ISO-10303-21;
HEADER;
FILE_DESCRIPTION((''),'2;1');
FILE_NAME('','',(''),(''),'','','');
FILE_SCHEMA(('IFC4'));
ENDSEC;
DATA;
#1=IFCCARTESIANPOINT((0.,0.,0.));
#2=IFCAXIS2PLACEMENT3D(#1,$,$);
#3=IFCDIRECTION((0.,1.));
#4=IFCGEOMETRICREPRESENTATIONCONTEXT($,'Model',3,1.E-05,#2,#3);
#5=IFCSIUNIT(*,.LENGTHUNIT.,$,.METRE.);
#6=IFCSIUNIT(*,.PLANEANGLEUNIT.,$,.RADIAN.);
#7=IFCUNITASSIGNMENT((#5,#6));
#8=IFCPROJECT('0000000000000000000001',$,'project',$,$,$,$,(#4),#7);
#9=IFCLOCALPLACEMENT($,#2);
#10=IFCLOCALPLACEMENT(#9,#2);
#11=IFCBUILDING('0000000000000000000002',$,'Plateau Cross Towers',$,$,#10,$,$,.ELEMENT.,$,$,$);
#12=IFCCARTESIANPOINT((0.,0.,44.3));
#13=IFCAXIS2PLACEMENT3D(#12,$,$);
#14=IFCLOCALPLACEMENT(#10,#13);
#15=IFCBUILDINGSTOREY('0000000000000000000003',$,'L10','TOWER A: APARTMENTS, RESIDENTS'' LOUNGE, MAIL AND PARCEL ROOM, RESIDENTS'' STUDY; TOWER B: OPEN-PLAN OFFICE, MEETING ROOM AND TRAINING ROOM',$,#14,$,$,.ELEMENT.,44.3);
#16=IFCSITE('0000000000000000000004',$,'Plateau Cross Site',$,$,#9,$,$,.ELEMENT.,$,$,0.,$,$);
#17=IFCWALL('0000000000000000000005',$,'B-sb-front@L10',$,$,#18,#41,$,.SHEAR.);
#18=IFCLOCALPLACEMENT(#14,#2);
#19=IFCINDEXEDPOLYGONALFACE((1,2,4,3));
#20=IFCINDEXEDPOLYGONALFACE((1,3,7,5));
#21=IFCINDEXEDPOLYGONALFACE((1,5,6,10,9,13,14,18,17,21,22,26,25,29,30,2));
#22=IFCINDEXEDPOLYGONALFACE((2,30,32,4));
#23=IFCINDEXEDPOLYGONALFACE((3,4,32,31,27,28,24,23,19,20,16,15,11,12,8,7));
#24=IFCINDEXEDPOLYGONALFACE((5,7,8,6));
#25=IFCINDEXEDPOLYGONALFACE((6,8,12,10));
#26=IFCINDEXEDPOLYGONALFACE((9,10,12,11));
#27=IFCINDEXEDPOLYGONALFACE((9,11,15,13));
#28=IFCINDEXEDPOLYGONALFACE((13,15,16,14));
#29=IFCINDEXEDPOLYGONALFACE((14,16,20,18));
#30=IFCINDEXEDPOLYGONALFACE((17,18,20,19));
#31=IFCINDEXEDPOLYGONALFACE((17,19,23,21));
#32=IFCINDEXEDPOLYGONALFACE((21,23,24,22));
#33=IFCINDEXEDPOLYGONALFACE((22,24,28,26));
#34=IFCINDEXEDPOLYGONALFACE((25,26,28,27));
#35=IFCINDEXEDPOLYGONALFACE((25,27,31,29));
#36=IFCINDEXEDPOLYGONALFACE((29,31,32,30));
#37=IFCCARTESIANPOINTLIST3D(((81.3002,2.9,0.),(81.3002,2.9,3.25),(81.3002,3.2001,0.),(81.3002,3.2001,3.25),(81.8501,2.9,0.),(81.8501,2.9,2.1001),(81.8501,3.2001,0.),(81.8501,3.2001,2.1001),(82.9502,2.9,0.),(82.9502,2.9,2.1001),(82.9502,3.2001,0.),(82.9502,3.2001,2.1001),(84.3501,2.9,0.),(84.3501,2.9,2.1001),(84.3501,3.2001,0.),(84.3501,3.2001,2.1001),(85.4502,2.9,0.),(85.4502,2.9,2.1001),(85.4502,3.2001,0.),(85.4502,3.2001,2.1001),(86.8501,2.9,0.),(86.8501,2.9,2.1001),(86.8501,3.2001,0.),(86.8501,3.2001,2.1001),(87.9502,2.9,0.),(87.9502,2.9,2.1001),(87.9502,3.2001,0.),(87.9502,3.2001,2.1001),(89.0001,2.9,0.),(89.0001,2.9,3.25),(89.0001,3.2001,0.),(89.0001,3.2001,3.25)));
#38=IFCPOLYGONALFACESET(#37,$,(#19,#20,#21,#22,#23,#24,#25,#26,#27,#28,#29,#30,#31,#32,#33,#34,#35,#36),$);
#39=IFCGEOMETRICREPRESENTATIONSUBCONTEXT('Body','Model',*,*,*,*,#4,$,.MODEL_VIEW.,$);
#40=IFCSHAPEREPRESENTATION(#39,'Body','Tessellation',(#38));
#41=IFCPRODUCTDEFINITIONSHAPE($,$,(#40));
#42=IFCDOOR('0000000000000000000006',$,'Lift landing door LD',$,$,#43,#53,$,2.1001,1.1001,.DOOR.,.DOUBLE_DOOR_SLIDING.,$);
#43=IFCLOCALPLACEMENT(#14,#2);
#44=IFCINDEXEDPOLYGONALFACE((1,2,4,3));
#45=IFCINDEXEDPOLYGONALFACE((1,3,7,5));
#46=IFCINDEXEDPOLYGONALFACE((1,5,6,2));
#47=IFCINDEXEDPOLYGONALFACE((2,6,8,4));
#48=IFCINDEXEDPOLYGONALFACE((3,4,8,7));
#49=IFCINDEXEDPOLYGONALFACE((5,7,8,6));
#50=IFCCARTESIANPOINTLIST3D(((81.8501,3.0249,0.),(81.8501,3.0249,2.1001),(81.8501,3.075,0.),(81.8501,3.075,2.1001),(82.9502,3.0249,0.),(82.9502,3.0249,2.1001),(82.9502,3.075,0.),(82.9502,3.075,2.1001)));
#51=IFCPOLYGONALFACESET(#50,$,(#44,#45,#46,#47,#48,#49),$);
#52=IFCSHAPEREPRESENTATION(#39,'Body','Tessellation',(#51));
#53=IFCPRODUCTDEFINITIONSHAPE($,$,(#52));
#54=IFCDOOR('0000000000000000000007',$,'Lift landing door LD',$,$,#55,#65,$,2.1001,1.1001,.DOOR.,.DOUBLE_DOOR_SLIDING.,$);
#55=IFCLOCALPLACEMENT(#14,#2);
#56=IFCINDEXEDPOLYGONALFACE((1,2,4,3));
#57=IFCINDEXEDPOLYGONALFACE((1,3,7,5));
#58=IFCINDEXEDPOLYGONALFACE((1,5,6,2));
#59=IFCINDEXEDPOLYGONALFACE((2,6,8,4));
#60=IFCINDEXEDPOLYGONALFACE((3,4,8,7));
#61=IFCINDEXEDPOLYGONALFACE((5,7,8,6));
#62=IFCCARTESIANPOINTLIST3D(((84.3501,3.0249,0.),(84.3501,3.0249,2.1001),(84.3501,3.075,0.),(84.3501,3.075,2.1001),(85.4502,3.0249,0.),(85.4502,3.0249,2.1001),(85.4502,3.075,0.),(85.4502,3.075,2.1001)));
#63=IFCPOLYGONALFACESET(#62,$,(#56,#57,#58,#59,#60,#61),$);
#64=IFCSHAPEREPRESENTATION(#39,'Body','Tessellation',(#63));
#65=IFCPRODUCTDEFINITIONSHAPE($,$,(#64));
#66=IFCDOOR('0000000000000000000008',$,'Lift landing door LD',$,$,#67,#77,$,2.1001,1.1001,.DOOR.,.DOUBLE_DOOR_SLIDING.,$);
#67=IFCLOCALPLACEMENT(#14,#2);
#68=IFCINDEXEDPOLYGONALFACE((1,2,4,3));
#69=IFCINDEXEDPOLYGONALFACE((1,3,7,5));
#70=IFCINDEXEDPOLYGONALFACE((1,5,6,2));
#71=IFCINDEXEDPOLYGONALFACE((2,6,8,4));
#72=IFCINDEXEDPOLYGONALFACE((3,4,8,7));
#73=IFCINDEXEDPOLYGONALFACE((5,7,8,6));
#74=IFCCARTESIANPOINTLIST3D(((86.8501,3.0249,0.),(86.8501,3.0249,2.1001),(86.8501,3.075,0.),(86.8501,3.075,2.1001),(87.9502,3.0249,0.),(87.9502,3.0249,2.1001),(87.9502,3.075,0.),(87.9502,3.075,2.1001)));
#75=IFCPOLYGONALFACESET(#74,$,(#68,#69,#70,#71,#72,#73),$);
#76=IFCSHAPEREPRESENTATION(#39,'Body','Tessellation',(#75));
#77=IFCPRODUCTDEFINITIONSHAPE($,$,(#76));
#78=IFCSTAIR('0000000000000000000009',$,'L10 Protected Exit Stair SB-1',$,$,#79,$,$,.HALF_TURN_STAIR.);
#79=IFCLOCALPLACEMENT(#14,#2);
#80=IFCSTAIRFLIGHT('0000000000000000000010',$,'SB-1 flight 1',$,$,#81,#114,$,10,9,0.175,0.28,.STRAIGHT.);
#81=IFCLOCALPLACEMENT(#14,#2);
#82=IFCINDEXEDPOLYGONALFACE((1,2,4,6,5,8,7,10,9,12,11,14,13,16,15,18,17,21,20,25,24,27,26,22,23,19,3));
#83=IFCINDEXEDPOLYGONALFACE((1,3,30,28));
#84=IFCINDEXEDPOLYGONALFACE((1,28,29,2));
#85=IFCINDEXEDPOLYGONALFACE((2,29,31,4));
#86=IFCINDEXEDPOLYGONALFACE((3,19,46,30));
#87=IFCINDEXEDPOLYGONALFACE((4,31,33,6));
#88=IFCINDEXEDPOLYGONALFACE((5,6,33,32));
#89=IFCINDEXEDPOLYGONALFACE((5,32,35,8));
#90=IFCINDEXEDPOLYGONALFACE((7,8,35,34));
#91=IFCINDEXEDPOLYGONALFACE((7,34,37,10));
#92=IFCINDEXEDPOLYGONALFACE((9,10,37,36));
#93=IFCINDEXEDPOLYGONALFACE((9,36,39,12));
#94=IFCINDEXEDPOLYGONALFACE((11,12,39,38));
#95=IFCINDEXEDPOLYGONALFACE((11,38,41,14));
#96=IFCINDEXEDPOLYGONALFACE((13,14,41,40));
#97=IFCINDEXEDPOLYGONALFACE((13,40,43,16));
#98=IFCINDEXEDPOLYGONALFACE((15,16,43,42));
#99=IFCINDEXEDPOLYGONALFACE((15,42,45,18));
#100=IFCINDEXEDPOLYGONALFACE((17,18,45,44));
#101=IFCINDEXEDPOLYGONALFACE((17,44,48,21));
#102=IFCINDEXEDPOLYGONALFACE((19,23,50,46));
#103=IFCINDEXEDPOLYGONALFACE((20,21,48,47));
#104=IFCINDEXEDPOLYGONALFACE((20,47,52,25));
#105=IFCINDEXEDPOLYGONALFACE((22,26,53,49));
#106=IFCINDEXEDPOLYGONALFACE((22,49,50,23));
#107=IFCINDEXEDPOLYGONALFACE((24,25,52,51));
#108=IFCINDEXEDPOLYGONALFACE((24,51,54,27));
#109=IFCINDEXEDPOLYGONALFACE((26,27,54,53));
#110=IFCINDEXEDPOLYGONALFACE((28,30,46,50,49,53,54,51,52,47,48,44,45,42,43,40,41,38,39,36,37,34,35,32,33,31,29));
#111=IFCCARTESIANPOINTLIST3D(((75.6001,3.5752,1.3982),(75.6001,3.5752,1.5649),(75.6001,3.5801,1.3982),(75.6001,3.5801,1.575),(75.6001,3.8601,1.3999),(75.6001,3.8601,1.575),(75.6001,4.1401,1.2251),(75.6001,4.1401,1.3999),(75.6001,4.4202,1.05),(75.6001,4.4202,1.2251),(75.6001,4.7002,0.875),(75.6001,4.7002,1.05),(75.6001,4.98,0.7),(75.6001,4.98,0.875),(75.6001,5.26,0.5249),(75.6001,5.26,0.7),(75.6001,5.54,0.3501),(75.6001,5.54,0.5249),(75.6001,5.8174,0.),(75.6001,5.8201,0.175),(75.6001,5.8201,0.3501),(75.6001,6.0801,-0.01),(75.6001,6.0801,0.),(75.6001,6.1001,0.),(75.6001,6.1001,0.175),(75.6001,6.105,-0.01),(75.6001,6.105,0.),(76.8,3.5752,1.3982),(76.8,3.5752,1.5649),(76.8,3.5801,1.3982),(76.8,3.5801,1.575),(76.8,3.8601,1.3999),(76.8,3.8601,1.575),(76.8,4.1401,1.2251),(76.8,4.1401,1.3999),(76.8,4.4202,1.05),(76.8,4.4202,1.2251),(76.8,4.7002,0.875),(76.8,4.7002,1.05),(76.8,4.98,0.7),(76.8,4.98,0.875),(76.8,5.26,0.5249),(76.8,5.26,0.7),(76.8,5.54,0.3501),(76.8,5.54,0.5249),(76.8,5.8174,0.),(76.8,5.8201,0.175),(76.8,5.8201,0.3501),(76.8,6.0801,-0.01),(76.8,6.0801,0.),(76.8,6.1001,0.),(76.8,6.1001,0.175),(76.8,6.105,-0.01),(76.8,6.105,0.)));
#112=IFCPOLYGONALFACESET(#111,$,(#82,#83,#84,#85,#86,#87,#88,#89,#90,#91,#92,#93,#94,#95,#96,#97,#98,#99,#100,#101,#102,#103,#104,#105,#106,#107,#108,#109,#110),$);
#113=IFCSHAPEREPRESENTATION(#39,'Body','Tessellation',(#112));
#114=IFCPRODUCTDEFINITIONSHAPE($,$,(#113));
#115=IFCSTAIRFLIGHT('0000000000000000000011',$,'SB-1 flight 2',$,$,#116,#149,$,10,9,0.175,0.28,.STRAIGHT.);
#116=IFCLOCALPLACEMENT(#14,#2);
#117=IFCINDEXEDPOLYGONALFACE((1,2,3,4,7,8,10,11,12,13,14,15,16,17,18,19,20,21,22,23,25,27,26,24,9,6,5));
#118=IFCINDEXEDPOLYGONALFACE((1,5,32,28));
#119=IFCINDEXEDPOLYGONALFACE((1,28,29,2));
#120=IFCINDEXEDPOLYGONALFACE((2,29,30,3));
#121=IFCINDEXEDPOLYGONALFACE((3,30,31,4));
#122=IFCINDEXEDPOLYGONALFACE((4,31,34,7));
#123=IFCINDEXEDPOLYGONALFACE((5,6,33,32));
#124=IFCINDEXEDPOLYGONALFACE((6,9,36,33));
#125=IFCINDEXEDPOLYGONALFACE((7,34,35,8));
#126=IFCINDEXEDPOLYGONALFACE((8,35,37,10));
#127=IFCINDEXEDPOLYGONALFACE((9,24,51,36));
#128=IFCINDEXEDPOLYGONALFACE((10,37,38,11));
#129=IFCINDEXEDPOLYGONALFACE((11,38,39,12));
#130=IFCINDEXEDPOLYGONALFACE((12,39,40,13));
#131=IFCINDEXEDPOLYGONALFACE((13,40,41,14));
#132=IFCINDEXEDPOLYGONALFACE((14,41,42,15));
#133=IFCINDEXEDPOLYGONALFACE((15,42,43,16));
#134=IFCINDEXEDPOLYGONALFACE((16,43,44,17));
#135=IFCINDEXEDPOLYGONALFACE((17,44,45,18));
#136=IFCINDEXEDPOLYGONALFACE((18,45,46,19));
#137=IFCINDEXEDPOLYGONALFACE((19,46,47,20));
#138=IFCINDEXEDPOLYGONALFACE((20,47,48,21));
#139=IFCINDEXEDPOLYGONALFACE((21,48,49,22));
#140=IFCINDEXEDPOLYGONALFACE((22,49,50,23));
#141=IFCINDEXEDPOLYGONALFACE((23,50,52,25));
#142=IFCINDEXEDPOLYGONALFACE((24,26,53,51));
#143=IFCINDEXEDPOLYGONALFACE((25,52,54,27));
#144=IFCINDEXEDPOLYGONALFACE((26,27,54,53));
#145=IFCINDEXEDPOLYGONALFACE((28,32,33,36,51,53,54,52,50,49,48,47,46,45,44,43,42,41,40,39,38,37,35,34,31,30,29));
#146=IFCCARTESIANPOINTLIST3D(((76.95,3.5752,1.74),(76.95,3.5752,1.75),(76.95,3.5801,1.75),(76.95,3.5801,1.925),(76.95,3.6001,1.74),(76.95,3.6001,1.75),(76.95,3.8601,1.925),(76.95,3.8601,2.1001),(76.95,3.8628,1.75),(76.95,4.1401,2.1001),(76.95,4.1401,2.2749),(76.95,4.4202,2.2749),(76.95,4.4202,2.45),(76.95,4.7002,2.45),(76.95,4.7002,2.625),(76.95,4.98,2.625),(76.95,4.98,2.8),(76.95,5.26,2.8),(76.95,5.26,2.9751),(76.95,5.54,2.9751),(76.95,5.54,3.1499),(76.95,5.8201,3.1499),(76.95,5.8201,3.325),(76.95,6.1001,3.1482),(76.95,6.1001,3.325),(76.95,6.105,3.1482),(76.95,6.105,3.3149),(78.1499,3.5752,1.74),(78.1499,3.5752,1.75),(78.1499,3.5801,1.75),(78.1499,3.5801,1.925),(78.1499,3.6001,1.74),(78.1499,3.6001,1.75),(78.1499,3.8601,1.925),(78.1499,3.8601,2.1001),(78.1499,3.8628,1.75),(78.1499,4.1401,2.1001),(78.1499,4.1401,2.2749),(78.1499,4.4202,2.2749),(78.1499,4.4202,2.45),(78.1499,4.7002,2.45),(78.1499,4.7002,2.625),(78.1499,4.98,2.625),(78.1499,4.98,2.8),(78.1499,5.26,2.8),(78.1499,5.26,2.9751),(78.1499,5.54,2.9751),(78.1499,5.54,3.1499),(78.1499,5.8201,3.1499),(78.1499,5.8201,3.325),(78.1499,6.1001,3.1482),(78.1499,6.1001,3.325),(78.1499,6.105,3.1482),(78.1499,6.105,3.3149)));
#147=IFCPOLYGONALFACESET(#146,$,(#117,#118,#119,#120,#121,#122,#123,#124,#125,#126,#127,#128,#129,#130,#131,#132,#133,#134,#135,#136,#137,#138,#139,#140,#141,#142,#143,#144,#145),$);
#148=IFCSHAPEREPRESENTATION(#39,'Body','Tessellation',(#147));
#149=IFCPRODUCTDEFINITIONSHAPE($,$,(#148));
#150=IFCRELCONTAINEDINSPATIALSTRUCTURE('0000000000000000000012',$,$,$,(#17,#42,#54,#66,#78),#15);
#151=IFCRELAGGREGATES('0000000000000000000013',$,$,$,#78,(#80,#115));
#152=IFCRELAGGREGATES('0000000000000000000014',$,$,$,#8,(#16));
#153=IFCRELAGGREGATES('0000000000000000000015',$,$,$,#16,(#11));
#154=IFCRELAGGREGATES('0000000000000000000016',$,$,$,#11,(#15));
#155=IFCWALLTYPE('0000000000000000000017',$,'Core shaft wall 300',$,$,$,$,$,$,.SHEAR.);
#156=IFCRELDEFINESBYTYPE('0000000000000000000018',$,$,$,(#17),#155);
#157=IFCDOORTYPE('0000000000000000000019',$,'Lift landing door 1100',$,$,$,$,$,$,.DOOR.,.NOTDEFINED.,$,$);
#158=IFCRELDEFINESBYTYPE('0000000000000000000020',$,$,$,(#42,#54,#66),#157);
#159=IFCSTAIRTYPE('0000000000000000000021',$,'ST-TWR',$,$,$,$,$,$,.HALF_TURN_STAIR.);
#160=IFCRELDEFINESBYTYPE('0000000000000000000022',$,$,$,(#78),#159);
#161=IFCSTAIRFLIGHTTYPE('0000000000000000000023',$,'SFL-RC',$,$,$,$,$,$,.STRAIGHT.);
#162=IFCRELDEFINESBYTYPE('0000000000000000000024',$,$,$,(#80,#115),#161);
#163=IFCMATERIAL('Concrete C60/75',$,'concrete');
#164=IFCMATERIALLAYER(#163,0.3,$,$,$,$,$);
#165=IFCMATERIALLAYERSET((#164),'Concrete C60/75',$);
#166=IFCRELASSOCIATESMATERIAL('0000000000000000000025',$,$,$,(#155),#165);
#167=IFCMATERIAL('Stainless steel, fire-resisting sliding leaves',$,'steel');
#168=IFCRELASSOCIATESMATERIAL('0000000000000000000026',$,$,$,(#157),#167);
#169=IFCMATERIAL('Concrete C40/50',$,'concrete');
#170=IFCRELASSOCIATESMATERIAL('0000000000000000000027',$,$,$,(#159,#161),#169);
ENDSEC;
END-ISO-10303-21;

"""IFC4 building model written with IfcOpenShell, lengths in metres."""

from ifc_helpers import new_model, si_unit, direction, frame, frame_2d, origin, place, context, subcontext, project, spatial, polyline, rectangle, outline, extrude, material, layer, layer_set, type_object, element, fill, aggregate, save


model = new_model("IFC4")

# Units and contexts
model_context = context("Model", 3, precision=1e-05, world=origin(), true_north=direction((0.0, 1.0)))
body_context = subcontext(model_context, "Body", "Model", "MODEL_VIEW")
ifc_project = project(units=[si_unit("LENGTHUNIT", "METRE"), si_unit("PLANEANGLEUNIT", "RADIAN")], contexts=[model_context])

# Site, building, storey
site_placement = place(None, origin())
site = spatial("IfcSite", under=ifc_project, at=site_placement, Name="Plateau Cross Site", CompositionType="ELEMENT", RefElevation=0.0)
building_placement = place(site_placement, origin())
building = spatial("IfcBuilding", under=site, at=building_placement, Name="Plateau Cross Towers", CompositionType="ELEMENT")
storey_placement = place(building_placement, frame((0.0, 0.0, 44.3)))
storey = spatial("IfcBuildingStorey", under=building, at=storey_placement, Name="L10", Description="TOWER A: APARTMENTS, RESIDENTS' LOUNGE, MAIL AND PARCEL ROOM, RESIDENTS' STUDY; TOWER B: OPEN-PLAN OFFICE, MEETING ROOM AND TRAINING ROOM", CompositionType="ELEMENT", Elevation=44.3)

# Wall, openings, doors
ifc_material_1 = material(Name="Concrete C60/75", Category="concrete")
ifc_layer = layer(ifc_material_1, 0.3)
ifc_layer_set = layer_set([ifc_layer], Name="Concrete C60/75")
wall_type = type_object("IfcWallType", Name="Core shaft wall 300", PredefinedType="SHEAR", material=ifc_layer_set)
wall_placement = place(storey_placement, frame((81.3, 3.05, 0.0), z_axis=(0.0, 0.0, 1.0), x_axis=(1.0, 0.0, 0.0)))
wall = element("IfcWall", 1, at=wall_placement, inside=storey, type_object=wall_type, Name="B-sb-front@L10", PredefinedType="SHEAR", context=body_context, shape_type="SweptSolid", body=[
    extrude(rectangle(XDim=7.7, YDim=0.3, at=frame_2d((3.8501, 0.0))), origin(), (0.0, 0.0, 1.0), 3.25),
])
opening_1_placement = place(wall_placement, frame((0.55, 0.0, 0.0)))
opening_1 = element("IfcOpeningElement", 2, at=opening_1_placement, cuts=wall, PredefinedType="OPENING", context=body_context, shape_type="SweptSolid", body=[
    extrude(rectangle(XDim=1.1001, YDim=2.1001, at=frame_2d((0.55, 1.05))), frame((0.0, 0.1599, 0.0), z_axis=(0.0, -1.0, 0.0), x_axis=(1.0, 0.0, 0.0)), (0.0, 0.0, 1.0), 0.3201),
])
opening_2_placement = place(wall_placement, frame((3.05, 0.0, 0.0)))
opening_2 = element("IfcOpeningElement", 3, at=opening_2_placement, cuts=wall, PredefinedType="OPENING", context=body_context, shape_type="SweptSolid", body=[
    extrude(rectangle(XDim=1.1001, YDim=2.1001, at=frame_2d((0.55, 1.05))), frame((0.0, 0.1599, 0.0), z_axis=(0.0, -1.0, 0.0), x_axis=(1.0, 0.0, 0.0)), (0.0, 0.0, 1.0), 0.3201),
])
opening_3_placement = place(wall_placement, frame((5.55, 0.0, 0.0)))
opening_3 = element("IfcOpeningElement", 4, at=opening_3_placement, cuts=wall, PredefinedType="OPENING", context=body_context, shape_type="SweptSolid", body=[
    extrude(rectangle(XDim=1.1001, YDim=2.1001, at=frame_2d((0.55, 1.05))), frame((0.0, 0.1599, 0.0), z_axis=(0.0, -1.0, 0.0), x_axis=(1.0, 0.0, 0.0)), (0.0, 0.0, 1.0), 0.3201),
])
ifc_material_2 = material(Name="Stainless steel, fire-resisting sliding leaves", Category="steel")
door_type = type_object("IfcDoorType", Name="Lift landing door 1100", OperationType="NOTDEFINED", PredefinedType="DOOR", material=ifc_material_2)
door_1_placement = place(opening_1_placement, origin())
door_1 = element("IfcDoor", 5, at=door_1_placement, inside=storey, type_object=door_type, Name="Lift landing door LD", OperationType="DOUBLE_DOOR_SLIDING", OverallHeight=2.1001, OverallWidth=1.1001, PredefinedType="DOOR", context=body_context, shape_type="SweptSolid", body=[
    extrude(rectangle(XDim=1.1001, YDim=2.1001, at=frame_2d((0.55, 1.05))), frame((0.0, 0.0249, 0.0), z_axis=(0.0, -1.0, 0.0), x_axis=(1.0, 0.0, 0.0)), (0.0, 0.0, 1.0), 0.05),
])
fill(opening_1, door_1)
door_2_placement = place(opening_2_placement, origin())
door_2 = element("IfcDoor", 6, at=door_2_placement, inside=storey, type_object=door_type, Name="Lift landing door LD", OperationType="DOUBLE_DOOR_SLIDING", OverallHeight=2.1001, OverallWidth=1.1001, PredefinedType="DOOR", context=body_context, shape_type="SweptSolid", body=[
    extrude(rectangle(XDim=1.1001, YDim=2.1001, at=frame_2d((0.55, 1.05))), frame((0.0, 0.0249, 0.0), z_axis=(0.0, -1.0, 0.0), x_axis=(1.0, 0.0, 0.0)), (0.0, 0.0, 1.0), 0.05),
])
fill(opening_2, door_2)
door_3_placement = place(opening_3_placement, origin())
door_3 = element("IfcDoor", 7, at=door_3_placement, inside=storey, type_object=door_type, Name="Lift landing door LD", OperationType="DOUBLE_DOOR_SLIDING", OverallHeight=2.1001, OverallWidth=1.1001, PredefinedType="DOOR", context=body_context, shape_type="SweptSolid", body=[
    extrude(rectangle(XDim=1.1001, YDim=2.1001, at=frame_2d((0.55, 1.05))), frame((0.0, 0.0249, 0.0), z_axis=(0.0, -1.0, 0.0), x_axis=(1.0, 0.0, 0.0)), (0.0, 0.0, 1.0), 0.05),
])
fill(opening_3, door_3)

# Stair, stair flights
ifc_material_3 = material(Name="Concrete C40/50", Category="concrete")
stair_type = type_object("IfcStairType", Name="ST-TWR", PredefinedType="HALF_TURN_STAIR", material=ifc_material_3)
stair_1_placement = place(storey_placement, origin())
stair_1 = element("IfcStair", 8, at=stair_1_placement, inside=storey, type_object=stair_type, Name="L10 Protected Exit Stair SB-1", PredefinedType="HALF_TURN_STAIR")
stair_flight_type = type_object("IfcStairFlightType", Name="SFL-RC", PredefinedType="STRAIGHT", material=ifc_material_3)
stair_flight_1_placement = place(storey_placement, frame((76.2, 6.1001, 0.0), z_axis=(0.0, 0.0, 1.0), x_axis=(0.0, -1.0, 0.0)))
stair_flight_1 = element("IfcStairFlight", 9, at=stair_flight_1_placement, type_object=stair_flight_type, Name="SB-1 flight 1", NumberOfRisers=10, NumberOfTreads=9, PredefinedType="STRAIGHT", RiserHeight=0.175, TreadLength=0.28, context=body_context, shape_type="SweptSolid", body=[
    extrude(outline(polyline([(-0.0049, -0.01), (-0.0049, 0.0), (0.0, 0.0), (0.0, 0.175), (0.28, 0.175), (0.28, 0.3501), (0.5601, 0.3501), (0.5601, 0.5249), (0.8401, 0.5249), (0.8401, 0.7), (1.1201, 0.7), (1.1201, 0.875), (1.3999, 0.875), (1.3999, 1.05), (1.6799, 1.05), (1.6799, 1.2251), (1.96, 1.2251), (1.96, 1.3999), (2.24, 1.3999), (2.24, 1.575), (2.52, 1.575), (2.5249, 1.5649), (2.5249, 1.3982), (2.52, 1.3982), (0.2827, 0.0), (0.02, 0.0), (0.02, -0.01), (-0.0049, -0.01)])), frame((0.0, 0.6001, 0.0), z_axis=(0.0, -1.0, 0.0), x_axis=(1.0, 0.0, 0.0)), (0.0, 0.0, 1.0), 1.2),
])
stair_flight_2_placement = place(storey_placement, frame((77.55, 3.5801, 1.75), z_axis=(0.0, 0.0, 1.0), x_axis=(0.0, 1.0, 0.0)))
stair_flight_2 = element("IfcStairFlight", 10, at=stair_flight_2_placement, type_object=stair_flight_type, Name="SB-1 flight 2", NumberOfRisers=10, NumberOfTreads=9, PredefinedType="STRAIGHT", RiserHeight=0.175, TreadLength=0.28, context=body_context, shape_type="SweptSolid", body=[
    extrude(outline(polyline([(-0.0049, -0.01), (-0.0049, 0.0), (0.0, 0.0), (0.0, 0.175), (0.28, 0.175), (0.28, 0.3501), (0.5601, 0.3501), (0.5601, 0.5249), (0.8401, 0.5249), (0.8401, 0.7), (1.1201, 0.7), (1.1201, 0.875), (1.3999, 0.875), (1.3999, 1.05), (1.6799, 1.05), (1.6799, 1.2251), (1.96, 1.2251), (1.96, 1.3999), (2.24, 1.3999), (2.24, 1.575), (2.52, 1.575), (2.5249, 1.5649), (2.5249, 1.3982), (2.52, 1.3982), (0.2827, 0.0), (0.02, 0.0), (0.02, -0.01), (-0.0049, -0.01)])), frame((0.0, 0.6001, 0.0), z_axis=(0.0, -1.0, 0.0), x_axis=(1.0, 0.0, 0.0)), (0.0, 0.0, 1.0), 1.2),
])
aggregate(stair_1, [stair_flight_1, stair_flight_2])

save(model, "model.ifc")
